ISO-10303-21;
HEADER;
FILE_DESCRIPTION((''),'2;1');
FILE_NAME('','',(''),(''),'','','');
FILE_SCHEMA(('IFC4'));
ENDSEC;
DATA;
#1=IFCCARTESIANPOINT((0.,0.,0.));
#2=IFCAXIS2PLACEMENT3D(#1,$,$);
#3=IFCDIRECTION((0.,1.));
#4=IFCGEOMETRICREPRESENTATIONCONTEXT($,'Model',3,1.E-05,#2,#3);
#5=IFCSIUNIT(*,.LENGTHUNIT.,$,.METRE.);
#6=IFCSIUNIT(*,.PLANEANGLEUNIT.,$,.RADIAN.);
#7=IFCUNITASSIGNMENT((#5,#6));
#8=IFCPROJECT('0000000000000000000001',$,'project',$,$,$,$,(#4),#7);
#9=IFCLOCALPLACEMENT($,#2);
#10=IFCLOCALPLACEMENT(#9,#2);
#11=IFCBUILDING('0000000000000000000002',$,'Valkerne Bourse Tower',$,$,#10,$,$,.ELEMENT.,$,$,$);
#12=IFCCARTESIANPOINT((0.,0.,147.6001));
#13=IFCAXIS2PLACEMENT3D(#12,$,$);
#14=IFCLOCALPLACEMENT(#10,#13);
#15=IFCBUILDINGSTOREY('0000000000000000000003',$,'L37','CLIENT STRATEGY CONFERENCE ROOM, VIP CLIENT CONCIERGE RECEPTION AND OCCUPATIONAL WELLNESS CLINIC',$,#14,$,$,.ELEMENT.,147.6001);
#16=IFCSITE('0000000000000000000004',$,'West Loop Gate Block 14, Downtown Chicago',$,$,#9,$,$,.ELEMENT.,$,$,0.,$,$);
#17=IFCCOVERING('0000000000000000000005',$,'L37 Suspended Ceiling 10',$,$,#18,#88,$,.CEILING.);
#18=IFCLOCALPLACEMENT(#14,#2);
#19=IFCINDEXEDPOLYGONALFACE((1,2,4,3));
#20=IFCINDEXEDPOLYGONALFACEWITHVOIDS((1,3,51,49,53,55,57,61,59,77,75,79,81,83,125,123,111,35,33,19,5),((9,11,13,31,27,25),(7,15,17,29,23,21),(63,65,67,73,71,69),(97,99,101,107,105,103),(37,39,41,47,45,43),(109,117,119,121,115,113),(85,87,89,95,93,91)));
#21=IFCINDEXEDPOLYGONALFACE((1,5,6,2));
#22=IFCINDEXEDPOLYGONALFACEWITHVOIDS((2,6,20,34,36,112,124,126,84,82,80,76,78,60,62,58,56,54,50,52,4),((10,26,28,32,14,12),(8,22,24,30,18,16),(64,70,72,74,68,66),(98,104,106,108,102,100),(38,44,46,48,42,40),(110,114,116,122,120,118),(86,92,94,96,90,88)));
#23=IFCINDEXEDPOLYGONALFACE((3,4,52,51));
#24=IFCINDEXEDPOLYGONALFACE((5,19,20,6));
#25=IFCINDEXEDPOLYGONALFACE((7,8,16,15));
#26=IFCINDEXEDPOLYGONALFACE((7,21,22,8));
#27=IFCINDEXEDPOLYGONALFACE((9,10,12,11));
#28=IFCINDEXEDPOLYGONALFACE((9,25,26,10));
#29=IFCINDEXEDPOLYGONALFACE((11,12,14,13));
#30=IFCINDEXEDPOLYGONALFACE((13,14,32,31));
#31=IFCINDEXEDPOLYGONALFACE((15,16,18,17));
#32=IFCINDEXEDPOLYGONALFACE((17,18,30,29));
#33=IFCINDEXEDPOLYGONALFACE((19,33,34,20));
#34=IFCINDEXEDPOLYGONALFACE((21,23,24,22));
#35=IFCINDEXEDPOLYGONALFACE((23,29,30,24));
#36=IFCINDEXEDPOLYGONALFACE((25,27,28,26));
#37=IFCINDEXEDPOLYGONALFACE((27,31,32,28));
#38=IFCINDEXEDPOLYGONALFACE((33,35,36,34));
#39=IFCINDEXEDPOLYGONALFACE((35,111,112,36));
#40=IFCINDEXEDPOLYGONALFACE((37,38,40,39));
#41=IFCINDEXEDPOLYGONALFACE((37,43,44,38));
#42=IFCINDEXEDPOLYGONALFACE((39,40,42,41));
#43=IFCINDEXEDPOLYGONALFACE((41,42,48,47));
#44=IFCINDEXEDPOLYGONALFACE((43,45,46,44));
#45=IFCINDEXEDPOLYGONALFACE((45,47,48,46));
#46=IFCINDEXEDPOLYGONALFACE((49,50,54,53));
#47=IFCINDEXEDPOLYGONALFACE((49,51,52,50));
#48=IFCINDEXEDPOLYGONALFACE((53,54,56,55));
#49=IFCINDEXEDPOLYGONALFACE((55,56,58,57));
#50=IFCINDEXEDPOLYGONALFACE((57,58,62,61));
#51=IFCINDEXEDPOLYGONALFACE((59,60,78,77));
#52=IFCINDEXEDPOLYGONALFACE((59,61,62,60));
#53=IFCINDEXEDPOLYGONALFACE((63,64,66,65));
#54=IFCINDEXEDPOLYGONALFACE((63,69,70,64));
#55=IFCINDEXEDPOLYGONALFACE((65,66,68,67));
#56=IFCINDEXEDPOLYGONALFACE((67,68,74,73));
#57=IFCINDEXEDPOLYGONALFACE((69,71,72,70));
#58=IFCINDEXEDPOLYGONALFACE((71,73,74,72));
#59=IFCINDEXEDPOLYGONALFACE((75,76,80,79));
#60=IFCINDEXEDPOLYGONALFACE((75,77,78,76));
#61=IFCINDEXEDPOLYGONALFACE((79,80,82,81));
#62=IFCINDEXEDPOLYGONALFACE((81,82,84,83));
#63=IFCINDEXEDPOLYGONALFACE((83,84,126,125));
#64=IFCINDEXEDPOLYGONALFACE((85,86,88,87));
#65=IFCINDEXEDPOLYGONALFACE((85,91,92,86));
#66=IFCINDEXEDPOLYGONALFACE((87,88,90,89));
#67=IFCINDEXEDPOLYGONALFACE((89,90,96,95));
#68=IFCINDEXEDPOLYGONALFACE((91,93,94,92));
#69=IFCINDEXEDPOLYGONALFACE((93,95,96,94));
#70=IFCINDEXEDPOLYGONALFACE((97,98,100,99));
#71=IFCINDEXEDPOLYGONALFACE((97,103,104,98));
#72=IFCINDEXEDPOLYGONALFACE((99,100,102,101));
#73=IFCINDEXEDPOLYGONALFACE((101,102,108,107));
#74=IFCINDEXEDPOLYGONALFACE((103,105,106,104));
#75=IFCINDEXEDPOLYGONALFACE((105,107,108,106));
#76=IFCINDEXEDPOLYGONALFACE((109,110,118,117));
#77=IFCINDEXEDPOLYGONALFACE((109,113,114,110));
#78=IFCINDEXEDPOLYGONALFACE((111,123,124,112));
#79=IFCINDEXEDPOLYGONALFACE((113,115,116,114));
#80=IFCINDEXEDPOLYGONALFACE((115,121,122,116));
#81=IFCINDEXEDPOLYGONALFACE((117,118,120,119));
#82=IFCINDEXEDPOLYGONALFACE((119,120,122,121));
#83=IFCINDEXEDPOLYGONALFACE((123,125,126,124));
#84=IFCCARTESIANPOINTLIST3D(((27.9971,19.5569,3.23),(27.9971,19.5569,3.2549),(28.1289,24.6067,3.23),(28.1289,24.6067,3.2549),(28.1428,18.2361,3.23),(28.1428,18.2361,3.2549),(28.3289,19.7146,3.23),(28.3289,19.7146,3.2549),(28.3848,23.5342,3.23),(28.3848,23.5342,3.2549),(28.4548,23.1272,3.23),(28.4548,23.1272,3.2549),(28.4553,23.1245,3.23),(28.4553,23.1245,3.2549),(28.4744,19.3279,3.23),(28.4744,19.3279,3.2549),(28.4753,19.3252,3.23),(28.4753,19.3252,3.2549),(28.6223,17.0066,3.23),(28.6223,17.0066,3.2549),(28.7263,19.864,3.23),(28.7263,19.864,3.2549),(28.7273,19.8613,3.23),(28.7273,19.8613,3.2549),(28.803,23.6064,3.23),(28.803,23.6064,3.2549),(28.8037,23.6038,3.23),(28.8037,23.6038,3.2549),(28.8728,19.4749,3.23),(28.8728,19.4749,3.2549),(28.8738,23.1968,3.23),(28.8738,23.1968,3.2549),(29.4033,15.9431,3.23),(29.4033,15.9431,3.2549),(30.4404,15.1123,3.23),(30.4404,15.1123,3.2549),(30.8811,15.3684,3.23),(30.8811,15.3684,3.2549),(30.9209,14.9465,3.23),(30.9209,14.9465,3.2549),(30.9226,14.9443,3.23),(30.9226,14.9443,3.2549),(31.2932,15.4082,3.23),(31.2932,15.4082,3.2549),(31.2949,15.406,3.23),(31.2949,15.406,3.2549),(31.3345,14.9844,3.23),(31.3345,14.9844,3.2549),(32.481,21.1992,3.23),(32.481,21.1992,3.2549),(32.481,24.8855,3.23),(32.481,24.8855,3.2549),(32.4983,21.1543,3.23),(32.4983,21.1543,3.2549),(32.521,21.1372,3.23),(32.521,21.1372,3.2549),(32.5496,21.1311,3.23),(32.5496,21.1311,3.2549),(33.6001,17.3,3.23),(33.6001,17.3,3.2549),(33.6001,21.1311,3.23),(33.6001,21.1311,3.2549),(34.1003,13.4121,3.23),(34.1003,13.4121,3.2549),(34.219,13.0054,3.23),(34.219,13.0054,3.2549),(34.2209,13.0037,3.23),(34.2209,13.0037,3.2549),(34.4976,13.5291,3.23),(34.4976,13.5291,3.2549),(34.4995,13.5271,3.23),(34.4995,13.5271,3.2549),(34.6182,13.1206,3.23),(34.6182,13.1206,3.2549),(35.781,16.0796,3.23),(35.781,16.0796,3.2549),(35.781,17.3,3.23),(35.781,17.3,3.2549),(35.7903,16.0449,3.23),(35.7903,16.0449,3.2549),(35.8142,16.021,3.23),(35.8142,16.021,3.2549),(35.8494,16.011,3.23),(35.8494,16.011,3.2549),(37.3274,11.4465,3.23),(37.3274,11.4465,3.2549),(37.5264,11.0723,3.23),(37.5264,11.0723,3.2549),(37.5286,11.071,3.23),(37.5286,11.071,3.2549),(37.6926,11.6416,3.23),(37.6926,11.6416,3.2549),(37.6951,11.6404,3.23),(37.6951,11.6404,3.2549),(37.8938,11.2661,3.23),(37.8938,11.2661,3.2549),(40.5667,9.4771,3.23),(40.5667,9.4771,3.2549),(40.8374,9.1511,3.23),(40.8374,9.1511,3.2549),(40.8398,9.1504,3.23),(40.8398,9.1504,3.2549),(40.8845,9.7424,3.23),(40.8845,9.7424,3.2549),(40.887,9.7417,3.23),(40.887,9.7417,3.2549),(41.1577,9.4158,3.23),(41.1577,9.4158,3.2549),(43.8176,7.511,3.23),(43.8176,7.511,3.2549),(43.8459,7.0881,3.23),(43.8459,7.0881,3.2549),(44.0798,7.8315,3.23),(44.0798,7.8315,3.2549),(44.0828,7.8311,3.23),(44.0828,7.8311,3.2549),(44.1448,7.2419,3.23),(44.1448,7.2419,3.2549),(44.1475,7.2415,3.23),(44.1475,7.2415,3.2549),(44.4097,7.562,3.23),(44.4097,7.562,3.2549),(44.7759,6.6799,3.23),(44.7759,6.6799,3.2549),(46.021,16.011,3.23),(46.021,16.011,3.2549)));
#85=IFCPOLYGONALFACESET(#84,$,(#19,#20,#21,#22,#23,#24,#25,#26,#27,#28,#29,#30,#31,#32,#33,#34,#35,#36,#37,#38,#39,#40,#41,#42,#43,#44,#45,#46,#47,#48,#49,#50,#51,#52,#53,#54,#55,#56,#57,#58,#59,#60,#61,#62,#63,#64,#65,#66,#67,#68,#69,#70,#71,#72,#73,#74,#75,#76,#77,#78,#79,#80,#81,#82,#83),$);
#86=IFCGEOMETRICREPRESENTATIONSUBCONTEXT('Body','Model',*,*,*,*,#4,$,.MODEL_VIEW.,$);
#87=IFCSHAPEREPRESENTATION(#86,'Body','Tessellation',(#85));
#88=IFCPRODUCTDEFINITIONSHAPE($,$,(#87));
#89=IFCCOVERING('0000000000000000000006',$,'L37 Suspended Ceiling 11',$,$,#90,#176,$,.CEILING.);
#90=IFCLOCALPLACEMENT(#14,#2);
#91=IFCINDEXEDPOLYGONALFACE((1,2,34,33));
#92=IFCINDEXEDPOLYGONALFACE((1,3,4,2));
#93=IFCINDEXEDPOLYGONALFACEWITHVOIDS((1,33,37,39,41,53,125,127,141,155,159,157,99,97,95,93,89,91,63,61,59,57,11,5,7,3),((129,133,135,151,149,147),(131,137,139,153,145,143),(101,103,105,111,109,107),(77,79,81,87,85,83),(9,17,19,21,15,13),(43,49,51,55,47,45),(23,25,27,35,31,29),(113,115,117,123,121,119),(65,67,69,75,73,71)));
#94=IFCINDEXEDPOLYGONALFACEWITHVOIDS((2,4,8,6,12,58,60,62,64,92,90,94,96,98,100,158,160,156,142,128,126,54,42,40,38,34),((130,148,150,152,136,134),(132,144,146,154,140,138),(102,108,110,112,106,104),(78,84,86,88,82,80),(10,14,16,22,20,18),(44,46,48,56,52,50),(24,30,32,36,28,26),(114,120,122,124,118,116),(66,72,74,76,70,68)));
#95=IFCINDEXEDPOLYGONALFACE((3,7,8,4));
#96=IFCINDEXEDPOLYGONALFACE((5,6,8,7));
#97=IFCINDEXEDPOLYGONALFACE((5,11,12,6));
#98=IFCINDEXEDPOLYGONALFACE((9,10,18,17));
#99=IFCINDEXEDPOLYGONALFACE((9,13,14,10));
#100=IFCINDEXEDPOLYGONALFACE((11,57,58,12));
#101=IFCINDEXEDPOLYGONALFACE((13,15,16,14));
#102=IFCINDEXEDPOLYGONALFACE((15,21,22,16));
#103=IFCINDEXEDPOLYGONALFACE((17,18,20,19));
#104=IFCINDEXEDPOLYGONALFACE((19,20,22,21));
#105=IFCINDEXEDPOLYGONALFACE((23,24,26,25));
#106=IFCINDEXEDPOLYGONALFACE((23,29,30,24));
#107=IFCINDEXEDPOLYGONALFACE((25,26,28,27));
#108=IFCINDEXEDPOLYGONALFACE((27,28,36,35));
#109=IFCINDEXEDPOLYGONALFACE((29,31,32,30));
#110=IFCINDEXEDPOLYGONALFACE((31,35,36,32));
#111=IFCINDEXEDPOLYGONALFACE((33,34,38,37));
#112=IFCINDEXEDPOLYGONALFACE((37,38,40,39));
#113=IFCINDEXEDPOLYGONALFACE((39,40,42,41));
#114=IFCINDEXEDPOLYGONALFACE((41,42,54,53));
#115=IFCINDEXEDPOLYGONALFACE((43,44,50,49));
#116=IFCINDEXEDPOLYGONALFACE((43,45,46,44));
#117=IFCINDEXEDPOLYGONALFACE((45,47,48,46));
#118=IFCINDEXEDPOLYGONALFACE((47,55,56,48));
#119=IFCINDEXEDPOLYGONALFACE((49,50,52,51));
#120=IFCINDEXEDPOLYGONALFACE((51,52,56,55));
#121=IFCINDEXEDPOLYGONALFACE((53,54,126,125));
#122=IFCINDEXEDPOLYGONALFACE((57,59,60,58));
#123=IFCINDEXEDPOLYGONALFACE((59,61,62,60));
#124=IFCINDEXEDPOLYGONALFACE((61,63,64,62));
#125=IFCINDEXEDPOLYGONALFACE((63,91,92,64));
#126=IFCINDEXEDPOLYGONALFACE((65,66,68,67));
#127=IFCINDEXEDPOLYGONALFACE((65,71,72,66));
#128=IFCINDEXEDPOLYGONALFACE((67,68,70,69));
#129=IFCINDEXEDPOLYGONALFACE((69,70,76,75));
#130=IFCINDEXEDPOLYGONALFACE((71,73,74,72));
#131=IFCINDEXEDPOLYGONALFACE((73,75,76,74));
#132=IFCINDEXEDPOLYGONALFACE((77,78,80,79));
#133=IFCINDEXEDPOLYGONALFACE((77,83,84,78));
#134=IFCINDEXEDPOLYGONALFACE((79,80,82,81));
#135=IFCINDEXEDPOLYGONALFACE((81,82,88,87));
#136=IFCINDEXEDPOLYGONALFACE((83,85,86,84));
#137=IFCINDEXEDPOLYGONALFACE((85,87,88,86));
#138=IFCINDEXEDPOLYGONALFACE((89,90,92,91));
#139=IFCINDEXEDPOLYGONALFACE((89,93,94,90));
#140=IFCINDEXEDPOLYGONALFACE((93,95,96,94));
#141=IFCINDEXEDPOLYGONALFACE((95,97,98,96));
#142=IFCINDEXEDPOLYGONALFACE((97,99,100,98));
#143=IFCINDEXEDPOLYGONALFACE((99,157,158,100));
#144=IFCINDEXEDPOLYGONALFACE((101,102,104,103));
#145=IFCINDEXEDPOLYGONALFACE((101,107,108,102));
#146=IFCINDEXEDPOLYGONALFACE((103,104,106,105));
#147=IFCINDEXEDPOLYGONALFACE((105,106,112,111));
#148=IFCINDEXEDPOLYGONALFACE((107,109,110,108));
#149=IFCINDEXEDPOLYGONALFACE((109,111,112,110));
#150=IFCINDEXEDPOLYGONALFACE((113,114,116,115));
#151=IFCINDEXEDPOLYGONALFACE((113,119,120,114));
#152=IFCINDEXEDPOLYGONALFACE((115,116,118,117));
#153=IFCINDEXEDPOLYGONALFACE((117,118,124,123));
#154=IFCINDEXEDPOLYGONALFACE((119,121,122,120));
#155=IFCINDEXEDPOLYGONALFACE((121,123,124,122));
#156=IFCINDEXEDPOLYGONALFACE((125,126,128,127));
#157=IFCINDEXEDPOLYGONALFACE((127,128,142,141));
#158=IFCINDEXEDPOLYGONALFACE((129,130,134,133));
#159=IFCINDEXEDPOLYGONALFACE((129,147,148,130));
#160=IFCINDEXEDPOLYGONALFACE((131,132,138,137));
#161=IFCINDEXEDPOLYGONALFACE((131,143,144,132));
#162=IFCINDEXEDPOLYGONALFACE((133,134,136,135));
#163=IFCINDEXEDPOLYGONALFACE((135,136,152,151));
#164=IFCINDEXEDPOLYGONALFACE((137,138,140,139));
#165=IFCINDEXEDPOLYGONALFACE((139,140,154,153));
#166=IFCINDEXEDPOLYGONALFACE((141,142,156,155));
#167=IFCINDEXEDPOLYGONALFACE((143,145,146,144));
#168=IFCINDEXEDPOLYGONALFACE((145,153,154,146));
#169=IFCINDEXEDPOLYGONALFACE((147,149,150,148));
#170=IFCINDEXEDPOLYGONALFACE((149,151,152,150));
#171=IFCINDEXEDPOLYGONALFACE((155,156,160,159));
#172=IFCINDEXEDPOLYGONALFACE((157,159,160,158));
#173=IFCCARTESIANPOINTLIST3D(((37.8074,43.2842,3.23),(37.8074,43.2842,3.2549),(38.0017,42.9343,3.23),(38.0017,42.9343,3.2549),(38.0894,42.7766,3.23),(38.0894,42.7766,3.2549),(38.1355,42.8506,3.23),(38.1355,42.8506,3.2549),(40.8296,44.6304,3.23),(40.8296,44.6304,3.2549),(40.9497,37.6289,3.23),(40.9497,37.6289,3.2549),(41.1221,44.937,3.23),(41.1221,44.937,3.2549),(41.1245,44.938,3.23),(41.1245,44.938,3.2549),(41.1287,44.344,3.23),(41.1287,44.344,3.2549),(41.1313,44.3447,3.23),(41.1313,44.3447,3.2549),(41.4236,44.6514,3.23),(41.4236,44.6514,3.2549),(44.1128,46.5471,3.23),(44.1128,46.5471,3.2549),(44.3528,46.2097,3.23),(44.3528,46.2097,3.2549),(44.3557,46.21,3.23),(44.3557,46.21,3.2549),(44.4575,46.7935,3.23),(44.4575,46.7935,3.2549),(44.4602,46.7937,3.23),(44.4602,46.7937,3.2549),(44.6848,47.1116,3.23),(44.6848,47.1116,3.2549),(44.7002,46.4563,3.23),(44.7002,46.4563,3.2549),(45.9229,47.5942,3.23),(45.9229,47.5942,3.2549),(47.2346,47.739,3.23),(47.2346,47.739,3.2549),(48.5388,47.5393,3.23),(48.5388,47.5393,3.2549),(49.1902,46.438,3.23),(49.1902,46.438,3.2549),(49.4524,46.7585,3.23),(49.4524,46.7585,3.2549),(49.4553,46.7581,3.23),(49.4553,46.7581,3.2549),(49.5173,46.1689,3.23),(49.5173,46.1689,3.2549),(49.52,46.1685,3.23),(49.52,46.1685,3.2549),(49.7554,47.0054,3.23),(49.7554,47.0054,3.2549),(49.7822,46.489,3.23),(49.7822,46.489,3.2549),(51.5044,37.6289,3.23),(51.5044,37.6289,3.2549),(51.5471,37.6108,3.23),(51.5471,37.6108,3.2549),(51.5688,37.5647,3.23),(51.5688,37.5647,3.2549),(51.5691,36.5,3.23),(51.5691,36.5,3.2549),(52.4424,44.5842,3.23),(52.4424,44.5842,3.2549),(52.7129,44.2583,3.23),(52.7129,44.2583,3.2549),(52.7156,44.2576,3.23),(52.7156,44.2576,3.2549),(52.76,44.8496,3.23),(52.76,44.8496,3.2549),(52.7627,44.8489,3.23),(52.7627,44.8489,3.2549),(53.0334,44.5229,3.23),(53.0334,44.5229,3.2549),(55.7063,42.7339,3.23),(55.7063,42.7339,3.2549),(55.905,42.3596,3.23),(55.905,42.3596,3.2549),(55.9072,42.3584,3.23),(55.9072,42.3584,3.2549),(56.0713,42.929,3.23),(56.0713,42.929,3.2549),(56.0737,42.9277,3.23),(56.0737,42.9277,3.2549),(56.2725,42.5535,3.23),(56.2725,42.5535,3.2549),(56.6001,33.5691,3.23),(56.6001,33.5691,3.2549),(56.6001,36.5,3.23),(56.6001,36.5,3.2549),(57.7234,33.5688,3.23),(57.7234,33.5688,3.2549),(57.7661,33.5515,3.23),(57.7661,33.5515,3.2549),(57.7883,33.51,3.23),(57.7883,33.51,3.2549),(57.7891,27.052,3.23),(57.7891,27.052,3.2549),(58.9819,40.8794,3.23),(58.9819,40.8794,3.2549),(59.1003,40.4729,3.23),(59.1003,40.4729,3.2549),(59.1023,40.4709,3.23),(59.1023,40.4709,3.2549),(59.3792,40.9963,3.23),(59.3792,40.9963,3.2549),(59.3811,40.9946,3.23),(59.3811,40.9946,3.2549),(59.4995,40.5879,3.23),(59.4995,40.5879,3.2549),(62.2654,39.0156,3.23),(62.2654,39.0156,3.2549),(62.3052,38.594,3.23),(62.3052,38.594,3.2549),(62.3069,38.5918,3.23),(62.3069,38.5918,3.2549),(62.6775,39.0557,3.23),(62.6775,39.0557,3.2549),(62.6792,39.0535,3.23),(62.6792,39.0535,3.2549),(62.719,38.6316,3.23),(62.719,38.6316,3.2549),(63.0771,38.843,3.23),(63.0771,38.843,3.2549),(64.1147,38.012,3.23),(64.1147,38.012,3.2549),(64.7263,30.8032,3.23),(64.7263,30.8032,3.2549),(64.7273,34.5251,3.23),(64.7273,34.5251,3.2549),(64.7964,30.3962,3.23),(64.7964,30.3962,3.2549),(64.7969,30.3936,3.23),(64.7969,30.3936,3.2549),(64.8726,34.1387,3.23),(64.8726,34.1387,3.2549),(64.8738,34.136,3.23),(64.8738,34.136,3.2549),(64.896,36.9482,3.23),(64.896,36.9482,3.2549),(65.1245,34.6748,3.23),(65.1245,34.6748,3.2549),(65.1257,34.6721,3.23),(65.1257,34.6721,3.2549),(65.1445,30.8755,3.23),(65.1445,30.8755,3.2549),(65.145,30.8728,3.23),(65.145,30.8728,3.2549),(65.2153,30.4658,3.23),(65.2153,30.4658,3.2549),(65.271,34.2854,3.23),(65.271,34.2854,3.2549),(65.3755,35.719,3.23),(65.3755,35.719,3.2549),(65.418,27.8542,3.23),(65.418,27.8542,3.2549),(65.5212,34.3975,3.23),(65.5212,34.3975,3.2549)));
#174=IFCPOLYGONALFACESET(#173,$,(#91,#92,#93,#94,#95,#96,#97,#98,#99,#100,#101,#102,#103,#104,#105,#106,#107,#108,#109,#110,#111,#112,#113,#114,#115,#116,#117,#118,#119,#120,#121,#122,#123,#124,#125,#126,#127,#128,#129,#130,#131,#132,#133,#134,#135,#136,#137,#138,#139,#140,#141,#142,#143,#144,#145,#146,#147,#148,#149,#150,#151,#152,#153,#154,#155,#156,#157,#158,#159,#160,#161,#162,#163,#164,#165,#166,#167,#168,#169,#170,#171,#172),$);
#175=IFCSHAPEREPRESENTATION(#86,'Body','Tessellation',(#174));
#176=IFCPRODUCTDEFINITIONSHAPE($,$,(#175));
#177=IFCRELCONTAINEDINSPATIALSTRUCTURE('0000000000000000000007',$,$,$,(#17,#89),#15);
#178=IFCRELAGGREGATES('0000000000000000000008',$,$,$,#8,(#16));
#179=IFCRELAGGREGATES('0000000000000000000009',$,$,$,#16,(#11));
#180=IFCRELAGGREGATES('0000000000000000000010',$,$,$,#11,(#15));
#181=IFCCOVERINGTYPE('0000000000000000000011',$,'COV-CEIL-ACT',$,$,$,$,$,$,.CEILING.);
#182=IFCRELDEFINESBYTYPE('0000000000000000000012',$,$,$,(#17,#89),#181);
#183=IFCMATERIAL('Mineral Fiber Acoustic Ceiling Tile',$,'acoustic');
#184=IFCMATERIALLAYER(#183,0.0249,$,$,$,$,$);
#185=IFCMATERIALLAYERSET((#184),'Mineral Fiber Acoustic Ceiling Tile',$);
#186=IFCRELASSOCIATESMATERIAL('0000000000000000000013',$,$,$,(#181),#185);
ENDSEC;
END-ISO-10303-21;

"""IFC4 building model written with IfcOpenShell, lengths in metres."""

from ifc_helpers import new_model, si_unit, direction, frame, origin, place, context, subcontext, project, spatial, polyline, outline, extrude, material, layer, layer_set, type_object, element, save


model = new_model("IFC4")

# Units and contexts
model_context = context("Model", 3, precision=1e-05, world=origin(), true_north=direction((0.0, 1.0)))
body_context = subcontext(model_context, "Body", "Model", "MODEL_VIEW")
ifc_project = project(units=[si_unit("LENGTHUNIT", "METRE"), si_unit("PLANEANGLEUNIT", "RADIAN")], contexts=[model_context])

# Site, building, storey
site_placement = place(None, origin())
site = spatial("IfcSite", under=ifc_project, at=site_placement, Name="West Loop Gate Block 14, Downtown Chicago", CompositionType="ELEMENT", RefElevation=0.0)
building_placement = place(site_placement, origin())
building = spatial("IfcBuilding", under=site, at=building_placement, Name="Valkerne Bourse Tower", CompositionType="ELEMENT")
storey_placement = place(building_placement, frame((0.0, 0.0, 147.6001)))
storey = spatial("IfcBuildingStorey", under=building, at=storey_placement, Name="L37", Description="CLIENT STRATEGY CONFERENCE ROOM, VIP CLIENT CONCIERGE RECEPTION AND OCCUPATIONAL WELLNESS CLINIC", CompositionType="ELEMENT", Elevation=147.6001)

# Coverings
ifc_material_1 = material(Name="Mineral Fiber Acoustic Ceiling Tile", Category="acoustic")
ifc_layer_1 = layer(ifc_material_1, 0.0249)
ifc_layer_set_1 = layer_set([ifc_layer_1], Name="Mineral Fiber Acoustic Ceiling Tile")
covering_type_1 = type_object("IfcCoveringType", Name="COV-CEIL-ACT", PredefinedType="CEILING", material=ifc_layer_set_1)
covering_1_placement = place(storey_placement, frame((0.0, 0.0, 3.23)))
element("IfcCovering", 1, at=covering_1_placement, inside=storey, type_object=covering_type_1, Name="L37 Suspended Ceiling 10", PredefinedType="CEILING", context=body_context, shape_type="SweptSolid", body=[
    extrude(outline(polyline([(29.4033, 15.9431), (28.6223, 17.0066), (28.1428, 18.2361), (27.9971, 19.5569), (28.1289, 24.6067), (32.481, 24.8855), (32.481, 21.1992), (32.4983, 21.1543), (32.521, 21.1372), (32.5496, 21.1311), (33.6001, 21.1311), (33.6001, 17.3), (35.781, 17.3), (35.781, 16.0796), (35.7903, 16.0449), (35.8142, 16.021), (35.8494, 16.011), (46.021, 16.011), (44.7759, 6.6799), (43.8459, 7.0881), (30.4404, 15.1123), (29.4033, 15.9431)]), holes=[polyline([(37.6951, 11.6404), (37.6926, 11.6416), (37.3274, 11.4465), (37.5264, 11.0723), (37.5286, 11.071), (37.8938, 11.2661), (37.6951, 11.6404)]), polyline([(34.4995, 13.5271), (34.4976, 13.5291), (34.1003, 13.4121), (34.219, 13.0054), (34.2209, 13.0037), (34.6182, 13.1206), (34.4995, 13.5271)]), polyline([(31.3345, 14.9844), (31.2949, 15.406), (31.2932, 15.4082), (30.8811, 15.3684), (30.9209, 14.9465), (30.9226, 14.9443), (31.3345, 14.9844)]), polyline([(28.8728, 19.4749), (28.7273, 19.8613), (28.7263, 19.864), (28.3289, 19.7146), (28.4744, 19.3279), (28.4753, 19.3252), (28.8728, 19.4749)]), polyline([(28.8037, 23.6038), (28.803, 23.6064), (28.3848, 23.5342), (28.4548, 23.1272), (28.4553, 23.1245), (28.8738, 23.1968), (28.8037, 23.6038)]), polyline([(44.0828, 7.8311), (44.0798, 7.8315), (43.8176, 7.511), (44.1448, 7.2419), (44.1475, 7.2415), (44.4097, 7.562), (44.0828, 7.8311)]), polyline([(40.887, 9.7417), (40.8845, 9.7424), (40.5667, 9.4771), (40.8374, 9.1511), (40.8398, 9.1504), (41.1577, 9.4158), (40.887, 9.7417)])]), origin(), (0.0, 0.0, 1.0), 0.0249),
])
covering_2_placement = place(storey_placement, frame((0.0, 0.0, 3.23)))
element("IfcCovering", 2, at=covering_2_placement, inside=storey, type_object=covering_type_1, Name="L37 Suspended Ceiling 11", PredefinedType="CEILING", context=body_context, shape_type="SweptSolid", body=[
    extrude(outline(polyline([(47.2346, 47.739), (48.5388, 47.5393), (49.7554, 47.0054), (63.0771, 38.843), (64.1147, 38.012), (64.896, 36.9482), (65.3755, 35.719), (65.5212, 34.3975), (65.418, 27.8542), (57.7891, 27.052), (57.7883, 33.51), (57.7661, 33.5515), (57.7234, 33.5688), (56.6001, 33.5691), (56.6001, 36.5), (51.5691, 36.5), (51.5688, 37.5647), (51.5471, 37.6108), (51.5044, 37.6289), (40.9497, 37.6289), (38.0894, 42.7766), (38.1355, 42.8506), (38.0017, 42.9343), (37.8074, 43.2842), (44.6848, 47.1116), (45.9229, 47.5942), (47.2346, 47.739)]), holes=[polyline([(53.0334, 44.5229), (52.7627, 44.8489), (52.76, 44.8496), (52.4424, 44.5842), (52.7129, 44.2583), (52.7156, 44.2576), (53.0334, 44.5229)]), polyline([(41.4236, 44.6514), (41.1245, 44.938), (41.1221, 44.937), (40.8296, 44.6304), (41.1287, 44.344), (41.1313, 44.3447), (41.4236, 44.6514)]), polyline([(49.4553, 46.7581), (49.4524, 46.7585), (49.1902, 46.438), (49.5173, 46.1689), (49.52, 46.1685), (49.7822, 46.489), (49.4553, 46.7581)]), polyline([(44.7002, 46.4563), (44.4602, 46.7937), (44.4575, 46.7935), (44.1128, 46.5471), (44.3528, 46.2097), (44.3557, 46.21), (44.7002, 46.4563)]), polyline([(65.2153, 30.4658), (65.145, 30.8728), (65.1445, 30.8755), (64.7263, 30.8032), (64.7964, 30.3962), (64.7969, 30.3936), (65.2153, 30.4658)]), polyline([(65.271, 34.2854), (65.1257, 34.6721), (65.1245, 34.6748), (64.7273, 34.5251), (64.8726, 34.1387), (64.8738, 34.136), (65.271, 34.2854)]), polyline([(62.719, 38.6316), (62.6792, 39.0535), (62.6775, 39.0557), (62.2654, 39.0156), (62.3052, 38.594), (62.3069, 38.5918), (62.719, 38.6316)]), polyline([(59.3811, 40.9946), (59.3792, 40.9963), (58.9819, 40.8794), (59.1003, 40.4729), (59.1023, 40.4709), (59.4995, 40.5879), (59.3811, 40.9946)]), polyline([(56.2725, 42.5535), (56.0737, 42.9277), (56.0713, 42.929), (55.7063, 42.7339), (55.905, 42.3596), (55.9072, 42.3584), (56.2725, 42.5535)])]), origin(), (0.0, 0.0, 1.0), 0.0249),
])

save(model, "model.ifc")
